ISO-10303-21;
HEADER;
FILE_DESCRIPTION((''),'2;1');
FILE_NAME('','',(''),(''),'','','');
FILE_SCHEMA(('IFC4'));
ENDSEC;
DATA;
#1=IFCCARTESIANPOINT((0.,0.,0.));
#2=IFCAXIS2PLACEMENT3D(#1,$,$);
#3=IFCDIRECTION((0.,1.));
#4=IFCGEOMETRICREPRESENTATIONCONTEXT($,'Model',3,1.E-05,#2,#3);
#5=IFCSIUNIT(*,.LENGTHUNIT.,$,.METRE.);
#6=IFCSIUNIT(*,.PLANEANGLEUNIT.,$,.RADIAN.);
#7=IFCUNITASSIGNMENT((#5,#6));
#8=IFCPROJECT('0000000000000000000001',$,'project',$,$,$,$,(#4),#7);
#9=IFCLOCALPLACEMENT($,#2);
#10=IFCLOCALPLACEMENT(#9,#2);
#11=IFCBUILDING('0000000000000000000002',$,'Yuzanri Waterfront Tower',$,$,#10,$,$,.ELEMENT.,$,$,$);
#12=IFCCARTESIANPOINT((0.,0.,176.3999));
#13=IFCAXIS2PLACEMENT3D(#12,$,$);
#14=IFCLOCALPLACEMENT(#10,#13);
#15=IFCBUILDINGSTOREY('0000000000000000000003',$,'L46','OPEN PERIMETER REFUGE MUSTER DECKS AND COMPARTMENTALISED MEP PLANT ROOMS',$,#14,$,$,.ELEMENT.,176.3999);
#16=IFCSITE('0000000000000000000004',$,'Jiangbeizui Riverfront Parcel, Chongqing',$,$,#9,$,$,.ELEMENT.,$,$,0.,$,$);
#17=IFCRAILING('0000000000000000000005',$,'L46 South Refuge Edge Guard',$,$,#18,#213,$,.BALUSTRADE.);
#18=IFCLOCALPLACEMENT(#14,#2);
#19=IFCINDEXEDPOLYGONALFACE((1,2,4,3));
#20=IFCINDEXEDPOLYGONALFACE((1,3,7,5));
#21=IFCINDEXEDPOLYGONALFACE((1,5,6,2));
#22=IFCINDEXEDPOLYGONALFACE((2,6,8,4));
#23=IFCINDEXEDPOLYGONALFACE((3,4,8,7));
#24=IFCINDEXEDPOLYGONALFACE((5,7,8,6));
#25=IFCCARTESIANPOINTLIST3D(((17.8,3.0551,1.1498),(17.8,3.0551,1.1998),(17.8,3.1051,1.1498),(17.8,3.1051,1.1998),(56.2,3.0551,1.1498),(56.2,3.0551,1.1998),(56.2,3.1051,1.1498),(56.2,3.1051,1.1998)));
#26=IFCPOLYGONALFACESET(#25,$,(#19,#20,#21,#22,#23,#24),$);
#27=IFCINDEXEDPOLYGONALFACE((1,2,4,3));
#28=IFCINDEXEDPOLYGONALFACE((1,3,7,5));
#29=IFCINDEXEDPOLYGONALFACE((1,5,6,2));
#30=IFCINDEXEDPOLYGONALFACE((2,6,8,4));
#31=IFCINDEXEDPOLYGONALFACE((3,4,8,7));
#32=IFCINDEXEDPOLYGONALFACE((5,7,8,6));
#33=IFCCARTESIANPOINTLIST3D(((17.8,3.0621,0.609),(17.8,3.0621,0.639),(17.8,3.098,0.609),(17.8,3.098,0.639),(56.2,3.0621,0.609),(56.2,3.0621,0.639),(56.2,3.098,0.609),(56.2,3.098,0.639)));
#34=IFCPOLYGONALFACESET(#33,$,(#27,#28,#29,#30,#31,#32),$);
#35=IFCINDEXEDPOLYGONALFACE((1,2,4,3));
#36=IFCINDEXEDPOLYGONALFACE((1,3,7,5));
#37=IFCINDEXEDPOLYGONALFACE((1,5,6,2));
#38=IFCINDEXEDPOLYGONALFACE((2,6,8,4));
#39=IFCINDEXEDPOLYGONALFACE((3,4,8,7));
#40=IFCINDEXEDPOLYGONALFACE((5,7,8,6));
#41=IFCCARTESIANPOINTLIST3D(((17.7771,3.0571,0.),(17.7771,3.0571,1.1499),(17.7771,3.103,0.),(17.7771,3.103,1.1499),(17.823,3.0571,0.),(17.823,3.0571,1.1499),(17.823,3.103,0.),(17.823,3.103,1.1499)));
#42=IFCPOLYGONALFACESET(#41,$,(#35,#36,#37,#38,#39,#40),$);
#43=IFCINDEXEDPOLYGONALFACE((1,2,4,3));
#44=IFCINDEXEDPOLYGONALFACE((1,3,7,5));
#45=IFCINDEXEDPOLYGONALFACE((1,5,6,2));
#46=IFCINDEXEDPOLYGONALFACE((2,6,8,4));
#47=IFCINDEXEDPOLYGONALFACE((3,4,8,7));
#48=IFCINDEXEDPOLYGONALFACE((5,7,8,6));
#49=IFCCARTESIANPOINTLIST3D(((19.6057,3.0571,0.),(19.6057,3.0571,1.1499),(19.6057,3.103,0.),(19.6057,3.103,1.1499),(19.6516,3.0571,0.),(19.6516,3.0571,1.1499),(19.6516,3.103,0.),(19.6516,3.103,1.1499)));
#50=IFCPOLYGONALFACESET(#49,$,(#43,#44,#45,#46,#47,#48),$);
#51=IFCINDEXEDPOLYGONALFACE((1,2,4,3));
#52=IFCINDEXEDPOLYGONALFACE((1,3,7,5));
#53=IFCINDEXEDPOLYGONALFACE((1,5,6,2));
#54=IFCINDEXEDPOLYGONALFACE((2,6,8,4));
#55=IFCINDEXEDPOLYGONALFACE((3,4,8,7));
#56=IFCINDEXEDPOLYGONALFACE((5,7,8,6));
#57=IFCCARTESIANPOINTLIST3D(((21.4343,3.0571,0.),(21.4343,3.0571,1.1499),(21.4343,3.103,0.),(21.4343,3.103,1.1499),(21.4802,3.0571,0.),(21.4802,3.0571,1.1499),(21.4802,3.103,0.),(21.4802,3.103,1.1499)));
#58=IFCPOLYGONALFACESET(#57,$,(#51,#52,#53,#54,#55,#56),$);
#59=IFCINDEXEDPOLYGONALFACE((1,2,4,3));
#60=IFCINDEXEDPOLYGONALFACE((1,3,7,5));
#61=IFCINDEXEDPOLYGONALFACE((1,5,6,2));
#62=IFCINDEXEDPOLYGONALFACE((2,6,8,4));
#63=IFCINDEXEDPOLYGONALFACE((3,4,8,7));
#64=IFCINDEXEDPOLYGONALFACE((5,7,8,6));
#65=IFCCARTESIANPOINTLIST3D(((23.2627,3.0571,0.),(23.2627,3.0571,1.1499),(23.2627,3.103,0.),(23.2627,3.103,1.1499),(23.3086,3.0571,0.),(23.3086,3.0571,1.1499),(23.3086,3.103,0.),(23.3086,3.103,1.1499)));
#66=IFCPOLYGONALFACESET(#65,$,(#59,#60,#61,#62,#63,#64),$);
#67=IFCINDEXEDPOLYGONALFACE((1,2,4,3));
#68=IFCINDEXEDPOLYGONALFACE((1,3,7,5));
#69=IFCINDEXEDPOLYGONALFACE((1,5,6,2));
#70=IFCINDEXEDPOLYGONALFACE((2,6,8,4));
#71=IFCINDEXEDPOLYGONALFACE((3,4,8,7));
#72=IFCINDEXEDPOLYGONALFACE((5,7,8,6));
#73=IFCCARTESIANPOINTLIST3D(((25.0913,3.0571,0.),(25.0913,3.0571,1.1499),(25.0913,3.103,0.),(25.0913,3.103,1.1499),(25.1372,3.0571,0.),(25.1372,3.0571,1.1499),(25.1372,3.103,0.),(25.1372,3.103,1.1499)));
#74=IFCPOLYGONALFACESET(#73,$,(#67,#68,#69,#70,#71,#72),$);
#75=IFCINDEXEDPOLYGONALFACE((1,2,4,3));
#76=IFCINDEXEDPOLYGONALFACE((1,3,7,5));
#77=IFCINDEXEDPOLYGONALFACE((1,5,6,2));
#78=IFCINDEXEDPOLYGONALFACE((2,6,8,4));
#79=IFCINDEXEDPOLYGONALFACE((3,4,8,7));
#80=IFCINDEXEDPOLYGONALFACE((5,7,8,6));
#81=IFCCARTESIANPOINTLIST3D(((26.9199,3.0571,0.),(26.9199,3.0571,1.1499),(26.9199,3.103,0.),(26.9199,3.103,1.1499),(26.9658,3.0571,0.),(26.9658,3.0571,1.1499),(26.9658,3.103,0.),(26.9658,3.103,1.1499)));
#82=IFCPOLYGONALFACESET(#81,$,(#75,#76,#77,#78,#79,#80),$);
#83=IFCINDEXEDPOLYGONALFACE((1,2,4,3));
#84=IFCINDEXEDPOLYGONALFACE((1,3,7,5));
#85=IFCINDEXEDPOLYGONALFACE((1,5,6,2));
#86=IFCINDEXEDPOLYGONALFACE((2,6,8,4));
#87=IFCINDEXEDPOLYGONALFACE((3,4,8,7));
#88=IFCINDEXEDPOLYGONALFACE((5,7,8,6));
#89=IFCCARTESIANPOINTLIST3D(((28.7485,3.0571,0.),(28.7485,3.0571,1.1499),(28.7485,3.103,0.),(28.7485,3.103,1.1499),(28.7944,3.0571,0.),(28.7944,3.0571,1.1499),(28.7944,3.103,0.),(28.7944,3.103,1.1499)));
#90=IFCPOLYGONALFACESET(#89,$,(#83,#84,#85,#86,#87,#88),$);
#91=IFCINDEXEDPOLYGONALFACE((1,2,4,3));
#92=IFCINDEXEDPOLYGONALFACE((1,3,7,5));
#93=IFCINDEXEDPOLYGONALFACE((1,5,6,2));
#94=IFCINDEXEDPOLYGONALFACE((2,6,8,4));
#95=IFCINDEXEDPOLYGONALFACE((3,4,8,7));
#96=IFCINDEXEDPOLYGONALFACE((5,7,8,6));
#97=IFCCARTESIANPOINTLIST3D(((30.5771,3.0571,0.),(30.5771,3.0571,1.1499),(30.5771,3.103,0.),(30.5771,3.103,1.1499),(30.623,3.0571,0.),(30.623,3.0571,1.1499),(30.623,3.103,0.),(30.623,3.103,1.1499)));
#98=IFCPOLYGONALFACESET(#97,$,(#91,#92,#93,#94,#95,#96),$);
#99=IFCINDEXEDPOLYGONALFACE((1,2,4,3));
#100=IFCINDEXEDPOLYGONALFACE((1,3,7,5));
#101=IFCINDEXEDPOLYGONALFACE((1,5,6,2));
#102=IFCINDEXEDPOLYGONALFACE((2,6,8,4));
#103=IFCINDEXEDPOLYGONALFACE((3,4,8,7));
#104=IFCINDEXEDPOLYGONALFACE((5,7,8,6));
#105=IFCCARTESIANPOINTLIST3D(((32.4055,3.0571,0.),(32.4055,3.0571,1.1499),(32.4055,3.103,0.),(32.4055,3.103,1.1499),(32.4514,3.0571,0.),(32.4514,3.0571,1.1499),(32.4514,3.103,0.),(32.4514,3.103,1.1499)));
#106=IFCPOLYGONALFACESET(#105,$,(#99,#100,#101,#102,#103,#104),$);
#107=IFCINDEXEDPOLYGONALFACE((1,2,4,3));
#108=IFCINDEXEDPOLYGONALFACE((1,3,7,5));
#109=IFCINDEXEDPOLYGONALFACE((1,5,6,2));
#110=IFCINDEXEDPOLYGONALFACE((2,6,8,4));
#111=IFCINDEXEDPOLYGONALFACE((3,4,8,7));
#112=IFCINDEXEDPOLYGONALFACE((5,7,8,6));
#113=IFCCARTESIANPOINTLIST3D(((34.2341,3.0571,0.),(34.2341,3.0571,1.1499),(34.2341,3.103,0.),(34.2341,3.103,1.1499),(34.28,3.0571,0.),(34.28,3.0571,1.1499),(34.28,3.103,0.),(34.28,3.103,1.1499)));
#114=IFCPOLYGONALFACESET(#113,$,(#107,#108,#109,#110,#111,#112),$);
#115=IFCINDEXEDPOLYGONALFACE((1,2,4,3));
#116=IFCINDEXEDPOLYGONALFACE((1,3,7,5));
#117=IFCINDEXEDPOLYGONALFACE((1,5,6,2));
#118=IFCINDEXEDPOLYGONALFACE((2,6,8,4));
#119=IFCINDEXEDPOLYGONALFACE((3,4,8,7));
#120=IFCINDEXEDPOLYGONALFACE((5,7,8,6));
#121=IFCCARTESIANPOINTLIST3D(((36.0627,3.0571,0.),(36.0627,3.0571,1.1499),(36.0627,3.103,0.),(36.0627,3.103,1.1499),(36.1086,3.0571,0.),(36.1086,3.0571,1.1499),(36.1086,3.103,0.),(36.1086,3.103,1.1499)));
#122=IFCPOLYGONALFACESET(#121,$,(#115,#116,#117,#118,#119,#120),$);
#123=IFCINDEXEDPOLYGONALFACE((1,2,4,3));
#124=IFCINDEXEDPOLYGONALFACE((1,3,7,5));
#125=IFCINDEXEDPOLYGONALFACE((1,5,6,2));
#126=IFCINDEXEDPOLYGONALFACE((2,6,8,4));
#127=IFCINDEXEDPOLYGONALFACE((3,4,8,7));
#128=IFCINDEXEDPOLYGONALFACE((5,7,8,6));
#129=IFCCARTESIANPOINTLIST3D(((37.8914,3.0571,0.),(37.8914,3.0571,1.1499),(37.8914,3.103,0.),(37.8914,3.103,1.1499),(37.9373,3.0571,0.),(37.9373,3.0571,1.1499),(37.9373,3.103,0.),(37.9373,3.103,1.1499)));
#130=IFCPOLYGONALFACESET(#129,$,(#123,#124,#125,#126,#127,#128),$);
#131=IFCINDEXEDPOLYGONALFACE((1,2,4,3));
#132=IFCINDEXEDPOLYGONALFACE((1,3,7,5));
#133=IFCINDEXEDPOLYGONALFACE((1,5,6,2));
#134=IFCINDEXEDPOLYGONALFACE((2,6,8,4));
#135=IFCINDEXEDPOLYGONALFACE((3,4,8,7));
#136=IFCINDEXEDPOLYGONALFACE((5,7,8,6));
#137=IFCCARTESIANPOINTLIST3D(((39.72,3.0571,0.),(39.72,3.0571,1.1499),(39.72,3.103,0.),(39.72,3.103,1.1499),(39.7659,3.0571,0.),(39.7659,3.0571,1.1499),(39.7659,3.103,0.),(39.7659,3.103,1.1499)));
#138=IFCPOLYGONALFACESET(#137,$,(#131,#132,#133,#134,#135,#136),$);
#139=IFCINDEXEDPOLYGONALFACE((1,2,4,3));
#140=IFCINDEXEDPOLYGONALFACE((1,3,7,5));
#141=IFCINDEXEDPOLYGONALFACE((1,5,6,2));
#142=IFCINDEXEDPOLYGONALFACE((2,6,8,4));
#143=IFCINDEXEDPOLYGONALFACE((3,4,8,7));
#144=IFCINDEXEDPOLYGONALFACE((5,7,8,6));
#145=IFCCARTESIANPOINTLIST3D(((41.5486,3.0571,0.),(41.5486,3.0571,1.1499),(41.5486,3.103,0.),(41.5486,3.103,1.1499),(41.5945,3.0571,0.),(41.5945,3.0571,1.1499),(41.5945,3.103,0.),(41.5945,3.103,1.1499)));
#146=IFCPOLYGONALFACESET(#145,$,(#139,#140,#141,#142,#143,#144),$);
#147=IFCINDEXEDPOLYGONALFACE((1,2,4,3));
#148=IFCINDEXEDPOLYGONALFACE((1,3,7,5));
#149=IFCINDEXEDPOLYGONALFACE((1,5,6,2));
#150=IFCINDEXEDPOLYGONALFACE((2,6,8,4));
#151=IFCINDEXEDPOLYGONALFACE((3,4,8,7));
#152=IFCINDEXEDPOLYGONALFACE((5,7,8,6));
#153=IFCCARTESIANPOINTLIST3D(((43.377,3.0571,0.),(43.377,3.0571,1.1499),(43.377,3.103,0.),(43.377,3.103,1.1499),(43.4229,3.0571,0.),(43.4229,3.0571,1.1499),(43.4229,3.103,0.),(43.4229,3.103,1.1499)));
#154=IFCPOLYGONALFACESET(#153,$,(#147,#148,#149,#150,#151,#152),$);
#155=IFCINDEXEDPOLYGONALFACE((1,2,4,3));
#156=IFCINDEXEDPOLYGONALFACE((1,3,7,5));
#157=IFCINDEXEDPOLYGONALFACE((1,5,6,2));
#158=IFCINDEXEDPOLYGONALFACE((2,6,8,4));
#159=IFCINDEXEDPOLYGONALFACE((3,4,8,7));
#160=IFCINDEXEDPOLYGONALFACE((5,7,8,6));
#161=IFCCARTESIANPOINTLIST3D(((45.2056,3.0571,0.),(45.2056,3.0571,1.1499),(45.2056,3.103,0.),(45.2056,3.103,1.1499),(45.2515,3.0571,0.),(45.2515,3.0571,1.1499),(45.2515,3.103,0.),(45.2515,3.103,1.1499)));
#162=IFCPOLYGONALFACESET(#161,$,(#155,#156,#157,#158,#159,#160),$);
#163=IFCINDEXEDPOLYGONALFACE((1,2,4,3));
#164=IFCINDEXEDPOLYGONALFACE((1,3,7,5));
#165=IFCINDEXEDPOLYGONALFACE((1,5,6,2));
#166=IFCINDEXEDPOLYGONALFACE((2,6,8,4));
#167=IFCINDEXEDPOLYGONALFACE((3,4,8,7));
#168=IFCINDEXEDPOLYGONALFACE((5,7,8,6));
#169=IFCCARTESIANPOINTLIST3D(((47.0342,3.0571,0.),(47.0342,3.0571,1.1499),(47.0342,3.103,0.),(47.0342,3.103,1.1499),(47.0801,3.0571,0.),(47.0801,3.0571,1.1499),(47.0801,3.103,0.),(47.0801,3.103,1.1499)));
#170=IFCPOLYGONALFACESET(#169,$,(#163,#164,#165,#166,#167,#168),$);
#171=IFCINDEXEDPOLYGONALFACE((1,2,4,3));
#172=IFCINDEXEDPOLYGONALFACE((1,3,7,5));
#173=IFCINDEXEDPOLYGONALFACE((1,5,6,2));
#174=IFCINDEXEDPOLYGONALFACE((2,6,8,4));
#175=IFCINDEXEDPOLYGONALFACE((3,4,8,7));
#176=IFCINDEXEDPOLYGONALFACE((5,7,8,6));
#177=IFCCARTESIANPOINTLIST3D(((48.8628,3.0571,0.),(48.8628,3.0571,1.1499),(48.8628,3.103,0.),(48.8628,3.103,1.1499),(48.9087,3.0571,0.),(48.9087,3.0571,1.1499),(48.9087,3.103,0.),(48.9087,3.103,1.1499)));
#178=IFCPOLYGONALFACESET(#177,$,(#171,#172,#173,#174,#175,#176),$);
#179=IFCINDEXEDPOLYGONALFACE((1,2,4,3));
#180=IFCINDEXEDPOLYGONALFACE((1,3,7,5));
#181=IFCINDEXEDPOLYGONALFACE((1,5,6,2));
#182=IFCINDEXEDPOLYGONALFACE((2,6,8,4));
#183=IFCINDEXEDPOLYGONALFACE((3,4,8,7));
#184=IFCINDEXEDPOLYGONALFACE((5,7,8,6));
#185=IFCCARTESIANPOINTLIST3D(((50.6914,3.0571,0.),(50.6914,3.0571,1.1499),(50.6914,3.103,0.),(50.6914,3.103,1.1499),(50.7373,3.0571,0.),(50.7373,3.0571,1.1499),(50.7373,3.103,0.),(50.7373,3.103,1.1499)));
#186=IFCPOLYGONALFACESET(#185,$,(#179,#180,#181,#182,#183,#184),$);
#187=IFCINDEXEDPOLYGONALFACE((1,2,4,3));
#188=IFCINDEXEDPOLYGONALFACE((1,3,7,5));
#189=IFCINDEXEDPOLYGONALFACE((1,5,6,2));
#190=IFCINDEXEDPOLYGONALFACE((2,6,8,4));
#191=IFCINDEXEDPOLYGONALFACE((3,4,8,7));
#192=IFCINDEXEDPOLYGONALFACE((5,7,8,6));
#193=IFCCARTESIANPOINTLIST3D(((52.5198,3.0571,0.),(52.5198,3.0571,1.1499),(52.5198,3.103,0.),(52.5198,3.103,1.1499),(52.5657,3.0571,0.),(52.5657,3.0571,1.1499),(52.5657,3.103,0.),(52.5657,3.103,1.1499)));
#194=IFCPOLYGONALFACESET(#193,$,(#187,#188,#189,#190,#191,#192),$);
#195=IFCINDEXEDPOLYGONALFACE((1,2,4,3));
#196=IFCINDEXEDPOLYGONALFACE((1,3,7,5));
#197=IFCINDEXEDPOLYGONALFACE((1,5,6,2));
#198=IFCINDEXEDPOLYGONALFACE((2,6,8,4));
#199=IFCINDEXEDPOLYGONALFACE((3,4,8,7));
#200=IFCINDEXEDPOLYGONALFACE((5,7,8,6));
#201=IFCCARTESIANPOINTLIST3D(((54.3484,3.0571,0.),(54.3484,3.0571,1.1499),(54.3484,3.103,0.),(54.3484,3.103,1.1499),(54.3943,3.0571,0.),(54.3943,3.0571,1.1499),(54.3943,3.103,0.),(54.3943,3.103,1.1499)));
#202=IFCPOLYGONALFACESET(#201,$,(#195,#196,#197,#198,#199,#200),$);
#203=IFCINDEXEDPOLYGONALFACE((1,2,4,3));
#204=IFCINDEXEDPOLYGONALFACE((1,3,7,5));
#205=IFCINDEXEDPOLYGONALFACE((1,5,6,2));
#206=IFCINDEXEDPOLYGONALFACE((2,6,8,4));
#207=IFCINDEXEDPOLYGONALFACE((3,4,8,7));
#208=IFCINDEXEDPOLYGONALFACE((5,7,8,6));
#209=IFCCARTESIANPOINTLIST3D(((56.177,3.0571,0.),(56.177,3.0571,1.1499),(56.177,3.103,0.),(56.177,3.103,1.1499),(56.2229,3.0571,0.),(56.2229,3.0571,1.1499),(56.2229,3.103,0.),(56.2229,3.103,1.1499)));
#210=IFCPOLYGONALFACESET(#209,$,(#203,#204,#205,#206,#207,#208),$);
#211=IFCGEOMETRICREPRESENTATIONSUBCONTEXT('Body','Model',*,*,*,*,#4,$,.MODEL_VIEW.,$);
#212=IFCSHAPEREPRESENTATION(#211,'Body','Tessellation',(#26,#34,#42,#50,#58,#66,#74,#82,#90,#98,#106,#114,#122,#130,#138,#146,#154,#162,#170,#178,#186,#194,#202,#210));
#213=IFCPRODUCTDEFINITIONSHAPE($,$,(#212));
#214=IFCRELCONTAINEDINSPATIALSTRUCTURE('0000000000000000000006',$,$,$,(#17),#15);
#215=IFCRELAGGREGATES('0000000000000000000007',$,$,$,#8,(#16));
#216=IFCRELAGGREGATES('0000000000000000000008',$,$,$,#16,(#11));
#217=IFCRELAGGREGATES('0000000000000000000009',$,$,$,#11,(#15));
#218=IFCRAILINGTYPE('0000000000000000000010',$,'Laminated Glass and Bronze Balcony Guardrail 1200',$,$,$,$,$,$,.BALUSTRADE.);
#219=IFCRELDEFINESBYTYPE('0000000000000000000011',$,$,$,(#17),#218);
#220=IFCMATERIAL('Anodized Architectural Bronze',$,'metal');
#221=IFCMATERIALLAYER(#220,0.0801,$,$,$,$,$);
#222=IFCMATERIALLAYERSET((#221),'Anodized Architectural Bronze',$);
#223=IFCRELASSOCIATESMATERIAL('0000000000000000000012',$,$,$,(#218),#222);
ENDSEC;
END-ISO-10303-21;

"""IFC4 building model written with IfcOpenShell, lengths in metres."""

from ifc_helpers import new_model, si_unit, direction, frame, origin, origin_2d, place, context, subcontext, project, spatial, rectangle, extrude, source, transform, mapped, material, layer, layer_set, type_object, element, save


model = new_model("IFC4")

# Units and contexts
model_context = context("Model", 3, precision=1e-05, world=origin(), true_north=direction((0.0, 1.0)))
body_context = subcontext(model_context, "Body", "Model", "MODEL_VIEW")
ifc_project = project(units=[si_unit("LENGTHUNIT", "METRE"), si_unit("PLANEANGLEUNIT", "RADIAN")], contexts=[model_context])

# Site, building, storey
site_placement = place(None, origin())
site = spatial("IfcSite", under=ifc_project, at=site_placement, Name="Jiangbeizui Riverfront Parcel, Chongqing", CompositionType="ELEMENT", RefElevation=0.0)
building_placement = place(site_placement, origin())
building = spatial("IfcBuilding", under=site, at=building_placement, Name="Yuzanri Waterfront Tower", CompositionType="ELEMENT")
storey_placement = place(building_placement, frame((0.0, 0.0, 176.3999)))
storey = spatial("IfcBuildingStorey", under=building, at=storey_placement, Name="L46", Description="OPEN PERIMETER REFUGE MUSTER DECKS AND COMPARTMENTALISED MEP PLANT ROOMS", CompositionType="ELEMENT", Elevation=176.3999)

# Railing
ifc_material_1 = material(Name="Anodized Architectural Bronze", Category="metal")
ifc_layer_1 = layer(ifc_material_1, 0.0801)
ifc_layer_set_1 = layer_set([ifc_layer_1], Name="Anodized Architectural Bronze")
railing_type = type_object("IfcRailingType", Name="Laminated Glass and Bronze Balcony Guardrail 1200", PredefinedType="BALUSTRADE", material=ifc_layer_set_1)
shared_shape_1 = source(origin(), body_context, "Body", "SweptSolid", [
    extrude(rectangle(XDim=0.05, YDim=0.05, at=origin_2d()), frame((0.0, 0.0, 1.1748), z_axis=(1.0, 0.0, 0.0), x_axis=(0.0, 1.0, 0.0)), (0.0, 0.0, 1.0), 38.3999),
    extrude(rectangle(XDim=0.0359, YDim=0.03, at=origin_2d()), frame((0.0, 0.0, 0.624), z_axis=(1.0, 0.0, 0.0), x_axis=(0.0, 1.0, 0.0)), (0.0, 0.0, 1.0), 38.3999),
    extrude(rectangle(XDim=0.0459, YDim=0.0459, at=origin_2d()), origin(), (0.0, 0.0, 1.0), 1.1499),
    extrude(rectangle(XDim=0.0459, YDim=0.0459, at=origin_2d()), frame((1.8286, 0.0, 0.0)), (0.0, 0.0, 1.0), 1.1499),
    extrude(rectangle(XDim=0.0459, YDim=0.0459, at=origin_2d()), frame((3.6572, 0.0, 0.0)), (0.0, 0.0, 1.0), 1.1499),
    extrude(rectangle(XDim=0.0459, YDim=0.0459, at=origin_2d()), frame((5.4856, 0.0, 0.0)), (0.0, 0.0, 1.0), 1.1499),
    extrude(rectangle(XDim=0.0459, YDim=0.0459, at=origin_2d()), frame((7.3142, 0.0, 0.0)), (0.0, 0.0, 1.0), 1.1499),
    extrude(rectangle(XDim=0.0459, YDim=0.0459, at=origin_2d()), frame((9.1428, 0.0, 0.0)), (0.0, 0.0, 1.0), 1.1499),
    extrude(rectangle(XDim=0.0459, YDim=0.0459, at=origin_2d()), frame((10.9714, 0.0, 0.0)), (0.0, 0.0, 1.0), 1.1499),
    extrude(rectangle(XDim=0.0459, YDim=0.0459, at=origin_2d()), frame((12.8, 0.0, 0.0)), (0.0, 0.0, 1.0), 1.1499),
    extrude(rectangle(XDim=0.0459, YDim=0.0459, at=origin_2d()), frame((14.6284, 0.0, 0.0)), (0.0, 0.0, 1.0), 1.1499),
    extrude(rectangle(XDim=0.0459, YDim=0.0459, at=origin_2d()), frame((16.457, 0.0, 0.0)), (0.0, 0.0, 1.0), 1.1499),
    extrude(rectangle(XDim=0.0459, YDim=0.0459, at=origin_2d()), frame((18.2856, 0.0, 0.0)), (0.0, 0.0, 1.0), 1.1499),
    extrude(rectangle(XDim=0.0459, YDim=0.0459, at=origin_2d()), frame((20.1143, 0.0, 0.0)), (0.0, 0.0, 1.0), 1.1499),
    extrude(rectangle(XDim=0.0459, YDim=0.0459, at=origin_2d()), frame((21.9429, 0.0, 0.0)), (0.0, 0.0, 1.0), 1.1499),
    extrude(rectangle(XDim=0.0459, YDim=0.0459, at=origin_2d()), frame((23.7715, 0.0, 0.0)), (0.0, 0.0, 1.0), 1.1499),
    extrude(rectangle(XDim=0.0459, YDim=0.0459, at=origin_2d()), frame((25.5999, 0.0, 0.0)), (0.0, 0.0, 1.0), 1.1499),
    extrude(rectangle(XDim=0.0459, YDim=0.0459, at=origin_2d()), frame((27.4285, 0.0, 0.0)), (0.0, 0.0, 1.0), 1.1499),
    extrude(rectangle(XDim=0.0459, YDim=0.0459, at=origin_2d()), frame((29.2571, 0.0, 0.0)), (0.0, 0.0, 1.0), 1.1499),
    extrude(rectangle(XDim=0.0459, YDim=0.0459, at=origin_2d()), frame((31.0857, 0.0, 0.0)), (0.0, 0.0, 1.0), 1.1499),
    extrude(rectangle(XDim=0.0459, YDim=0.0459, at=origin_2d()), frame((32.9143, 0.0, 0.0)), (0.0, 0.0, 1.0), 1.1499),
    extrude(rectangle(XDim=0.0459, YDim=0.0459, at=origin_2d()), frame((34.7427, 0.0, 0.0)), (0.0, 0.0, 1.0), 1.1499),
    extrude(rectangle(XDim=0.0459, YDim=0.0459, at=origin_2d()), frame((36.5713, 0.0, 0.0)), (0.0, 0.0, 1.0), 1.1499),
    extrude(rectangle(XDim=0.0459, YDim=0.0459, at=origin_2d()), frame((38.3999, 0.0, 0.0)), (0.0, 0.0, 1.0), 1.1499),
])
railing_1_placement = place(storey_placement, frame((17.8, 3.0801, 0.0)))
element("IfcRailing", 1, at=railing_1_placement, inside=storey, type_object=railing_type, Name="L46 South Refuge Edge Guard", PredefinedType="BALUSTRADE", context=body_context, shape_type="MappedRepresentation", body=[
    mapped(shared_shape_1, transform((0.0, 0.0, 0.0), scale=1.0)),
])

save(model, "model.ifc")
